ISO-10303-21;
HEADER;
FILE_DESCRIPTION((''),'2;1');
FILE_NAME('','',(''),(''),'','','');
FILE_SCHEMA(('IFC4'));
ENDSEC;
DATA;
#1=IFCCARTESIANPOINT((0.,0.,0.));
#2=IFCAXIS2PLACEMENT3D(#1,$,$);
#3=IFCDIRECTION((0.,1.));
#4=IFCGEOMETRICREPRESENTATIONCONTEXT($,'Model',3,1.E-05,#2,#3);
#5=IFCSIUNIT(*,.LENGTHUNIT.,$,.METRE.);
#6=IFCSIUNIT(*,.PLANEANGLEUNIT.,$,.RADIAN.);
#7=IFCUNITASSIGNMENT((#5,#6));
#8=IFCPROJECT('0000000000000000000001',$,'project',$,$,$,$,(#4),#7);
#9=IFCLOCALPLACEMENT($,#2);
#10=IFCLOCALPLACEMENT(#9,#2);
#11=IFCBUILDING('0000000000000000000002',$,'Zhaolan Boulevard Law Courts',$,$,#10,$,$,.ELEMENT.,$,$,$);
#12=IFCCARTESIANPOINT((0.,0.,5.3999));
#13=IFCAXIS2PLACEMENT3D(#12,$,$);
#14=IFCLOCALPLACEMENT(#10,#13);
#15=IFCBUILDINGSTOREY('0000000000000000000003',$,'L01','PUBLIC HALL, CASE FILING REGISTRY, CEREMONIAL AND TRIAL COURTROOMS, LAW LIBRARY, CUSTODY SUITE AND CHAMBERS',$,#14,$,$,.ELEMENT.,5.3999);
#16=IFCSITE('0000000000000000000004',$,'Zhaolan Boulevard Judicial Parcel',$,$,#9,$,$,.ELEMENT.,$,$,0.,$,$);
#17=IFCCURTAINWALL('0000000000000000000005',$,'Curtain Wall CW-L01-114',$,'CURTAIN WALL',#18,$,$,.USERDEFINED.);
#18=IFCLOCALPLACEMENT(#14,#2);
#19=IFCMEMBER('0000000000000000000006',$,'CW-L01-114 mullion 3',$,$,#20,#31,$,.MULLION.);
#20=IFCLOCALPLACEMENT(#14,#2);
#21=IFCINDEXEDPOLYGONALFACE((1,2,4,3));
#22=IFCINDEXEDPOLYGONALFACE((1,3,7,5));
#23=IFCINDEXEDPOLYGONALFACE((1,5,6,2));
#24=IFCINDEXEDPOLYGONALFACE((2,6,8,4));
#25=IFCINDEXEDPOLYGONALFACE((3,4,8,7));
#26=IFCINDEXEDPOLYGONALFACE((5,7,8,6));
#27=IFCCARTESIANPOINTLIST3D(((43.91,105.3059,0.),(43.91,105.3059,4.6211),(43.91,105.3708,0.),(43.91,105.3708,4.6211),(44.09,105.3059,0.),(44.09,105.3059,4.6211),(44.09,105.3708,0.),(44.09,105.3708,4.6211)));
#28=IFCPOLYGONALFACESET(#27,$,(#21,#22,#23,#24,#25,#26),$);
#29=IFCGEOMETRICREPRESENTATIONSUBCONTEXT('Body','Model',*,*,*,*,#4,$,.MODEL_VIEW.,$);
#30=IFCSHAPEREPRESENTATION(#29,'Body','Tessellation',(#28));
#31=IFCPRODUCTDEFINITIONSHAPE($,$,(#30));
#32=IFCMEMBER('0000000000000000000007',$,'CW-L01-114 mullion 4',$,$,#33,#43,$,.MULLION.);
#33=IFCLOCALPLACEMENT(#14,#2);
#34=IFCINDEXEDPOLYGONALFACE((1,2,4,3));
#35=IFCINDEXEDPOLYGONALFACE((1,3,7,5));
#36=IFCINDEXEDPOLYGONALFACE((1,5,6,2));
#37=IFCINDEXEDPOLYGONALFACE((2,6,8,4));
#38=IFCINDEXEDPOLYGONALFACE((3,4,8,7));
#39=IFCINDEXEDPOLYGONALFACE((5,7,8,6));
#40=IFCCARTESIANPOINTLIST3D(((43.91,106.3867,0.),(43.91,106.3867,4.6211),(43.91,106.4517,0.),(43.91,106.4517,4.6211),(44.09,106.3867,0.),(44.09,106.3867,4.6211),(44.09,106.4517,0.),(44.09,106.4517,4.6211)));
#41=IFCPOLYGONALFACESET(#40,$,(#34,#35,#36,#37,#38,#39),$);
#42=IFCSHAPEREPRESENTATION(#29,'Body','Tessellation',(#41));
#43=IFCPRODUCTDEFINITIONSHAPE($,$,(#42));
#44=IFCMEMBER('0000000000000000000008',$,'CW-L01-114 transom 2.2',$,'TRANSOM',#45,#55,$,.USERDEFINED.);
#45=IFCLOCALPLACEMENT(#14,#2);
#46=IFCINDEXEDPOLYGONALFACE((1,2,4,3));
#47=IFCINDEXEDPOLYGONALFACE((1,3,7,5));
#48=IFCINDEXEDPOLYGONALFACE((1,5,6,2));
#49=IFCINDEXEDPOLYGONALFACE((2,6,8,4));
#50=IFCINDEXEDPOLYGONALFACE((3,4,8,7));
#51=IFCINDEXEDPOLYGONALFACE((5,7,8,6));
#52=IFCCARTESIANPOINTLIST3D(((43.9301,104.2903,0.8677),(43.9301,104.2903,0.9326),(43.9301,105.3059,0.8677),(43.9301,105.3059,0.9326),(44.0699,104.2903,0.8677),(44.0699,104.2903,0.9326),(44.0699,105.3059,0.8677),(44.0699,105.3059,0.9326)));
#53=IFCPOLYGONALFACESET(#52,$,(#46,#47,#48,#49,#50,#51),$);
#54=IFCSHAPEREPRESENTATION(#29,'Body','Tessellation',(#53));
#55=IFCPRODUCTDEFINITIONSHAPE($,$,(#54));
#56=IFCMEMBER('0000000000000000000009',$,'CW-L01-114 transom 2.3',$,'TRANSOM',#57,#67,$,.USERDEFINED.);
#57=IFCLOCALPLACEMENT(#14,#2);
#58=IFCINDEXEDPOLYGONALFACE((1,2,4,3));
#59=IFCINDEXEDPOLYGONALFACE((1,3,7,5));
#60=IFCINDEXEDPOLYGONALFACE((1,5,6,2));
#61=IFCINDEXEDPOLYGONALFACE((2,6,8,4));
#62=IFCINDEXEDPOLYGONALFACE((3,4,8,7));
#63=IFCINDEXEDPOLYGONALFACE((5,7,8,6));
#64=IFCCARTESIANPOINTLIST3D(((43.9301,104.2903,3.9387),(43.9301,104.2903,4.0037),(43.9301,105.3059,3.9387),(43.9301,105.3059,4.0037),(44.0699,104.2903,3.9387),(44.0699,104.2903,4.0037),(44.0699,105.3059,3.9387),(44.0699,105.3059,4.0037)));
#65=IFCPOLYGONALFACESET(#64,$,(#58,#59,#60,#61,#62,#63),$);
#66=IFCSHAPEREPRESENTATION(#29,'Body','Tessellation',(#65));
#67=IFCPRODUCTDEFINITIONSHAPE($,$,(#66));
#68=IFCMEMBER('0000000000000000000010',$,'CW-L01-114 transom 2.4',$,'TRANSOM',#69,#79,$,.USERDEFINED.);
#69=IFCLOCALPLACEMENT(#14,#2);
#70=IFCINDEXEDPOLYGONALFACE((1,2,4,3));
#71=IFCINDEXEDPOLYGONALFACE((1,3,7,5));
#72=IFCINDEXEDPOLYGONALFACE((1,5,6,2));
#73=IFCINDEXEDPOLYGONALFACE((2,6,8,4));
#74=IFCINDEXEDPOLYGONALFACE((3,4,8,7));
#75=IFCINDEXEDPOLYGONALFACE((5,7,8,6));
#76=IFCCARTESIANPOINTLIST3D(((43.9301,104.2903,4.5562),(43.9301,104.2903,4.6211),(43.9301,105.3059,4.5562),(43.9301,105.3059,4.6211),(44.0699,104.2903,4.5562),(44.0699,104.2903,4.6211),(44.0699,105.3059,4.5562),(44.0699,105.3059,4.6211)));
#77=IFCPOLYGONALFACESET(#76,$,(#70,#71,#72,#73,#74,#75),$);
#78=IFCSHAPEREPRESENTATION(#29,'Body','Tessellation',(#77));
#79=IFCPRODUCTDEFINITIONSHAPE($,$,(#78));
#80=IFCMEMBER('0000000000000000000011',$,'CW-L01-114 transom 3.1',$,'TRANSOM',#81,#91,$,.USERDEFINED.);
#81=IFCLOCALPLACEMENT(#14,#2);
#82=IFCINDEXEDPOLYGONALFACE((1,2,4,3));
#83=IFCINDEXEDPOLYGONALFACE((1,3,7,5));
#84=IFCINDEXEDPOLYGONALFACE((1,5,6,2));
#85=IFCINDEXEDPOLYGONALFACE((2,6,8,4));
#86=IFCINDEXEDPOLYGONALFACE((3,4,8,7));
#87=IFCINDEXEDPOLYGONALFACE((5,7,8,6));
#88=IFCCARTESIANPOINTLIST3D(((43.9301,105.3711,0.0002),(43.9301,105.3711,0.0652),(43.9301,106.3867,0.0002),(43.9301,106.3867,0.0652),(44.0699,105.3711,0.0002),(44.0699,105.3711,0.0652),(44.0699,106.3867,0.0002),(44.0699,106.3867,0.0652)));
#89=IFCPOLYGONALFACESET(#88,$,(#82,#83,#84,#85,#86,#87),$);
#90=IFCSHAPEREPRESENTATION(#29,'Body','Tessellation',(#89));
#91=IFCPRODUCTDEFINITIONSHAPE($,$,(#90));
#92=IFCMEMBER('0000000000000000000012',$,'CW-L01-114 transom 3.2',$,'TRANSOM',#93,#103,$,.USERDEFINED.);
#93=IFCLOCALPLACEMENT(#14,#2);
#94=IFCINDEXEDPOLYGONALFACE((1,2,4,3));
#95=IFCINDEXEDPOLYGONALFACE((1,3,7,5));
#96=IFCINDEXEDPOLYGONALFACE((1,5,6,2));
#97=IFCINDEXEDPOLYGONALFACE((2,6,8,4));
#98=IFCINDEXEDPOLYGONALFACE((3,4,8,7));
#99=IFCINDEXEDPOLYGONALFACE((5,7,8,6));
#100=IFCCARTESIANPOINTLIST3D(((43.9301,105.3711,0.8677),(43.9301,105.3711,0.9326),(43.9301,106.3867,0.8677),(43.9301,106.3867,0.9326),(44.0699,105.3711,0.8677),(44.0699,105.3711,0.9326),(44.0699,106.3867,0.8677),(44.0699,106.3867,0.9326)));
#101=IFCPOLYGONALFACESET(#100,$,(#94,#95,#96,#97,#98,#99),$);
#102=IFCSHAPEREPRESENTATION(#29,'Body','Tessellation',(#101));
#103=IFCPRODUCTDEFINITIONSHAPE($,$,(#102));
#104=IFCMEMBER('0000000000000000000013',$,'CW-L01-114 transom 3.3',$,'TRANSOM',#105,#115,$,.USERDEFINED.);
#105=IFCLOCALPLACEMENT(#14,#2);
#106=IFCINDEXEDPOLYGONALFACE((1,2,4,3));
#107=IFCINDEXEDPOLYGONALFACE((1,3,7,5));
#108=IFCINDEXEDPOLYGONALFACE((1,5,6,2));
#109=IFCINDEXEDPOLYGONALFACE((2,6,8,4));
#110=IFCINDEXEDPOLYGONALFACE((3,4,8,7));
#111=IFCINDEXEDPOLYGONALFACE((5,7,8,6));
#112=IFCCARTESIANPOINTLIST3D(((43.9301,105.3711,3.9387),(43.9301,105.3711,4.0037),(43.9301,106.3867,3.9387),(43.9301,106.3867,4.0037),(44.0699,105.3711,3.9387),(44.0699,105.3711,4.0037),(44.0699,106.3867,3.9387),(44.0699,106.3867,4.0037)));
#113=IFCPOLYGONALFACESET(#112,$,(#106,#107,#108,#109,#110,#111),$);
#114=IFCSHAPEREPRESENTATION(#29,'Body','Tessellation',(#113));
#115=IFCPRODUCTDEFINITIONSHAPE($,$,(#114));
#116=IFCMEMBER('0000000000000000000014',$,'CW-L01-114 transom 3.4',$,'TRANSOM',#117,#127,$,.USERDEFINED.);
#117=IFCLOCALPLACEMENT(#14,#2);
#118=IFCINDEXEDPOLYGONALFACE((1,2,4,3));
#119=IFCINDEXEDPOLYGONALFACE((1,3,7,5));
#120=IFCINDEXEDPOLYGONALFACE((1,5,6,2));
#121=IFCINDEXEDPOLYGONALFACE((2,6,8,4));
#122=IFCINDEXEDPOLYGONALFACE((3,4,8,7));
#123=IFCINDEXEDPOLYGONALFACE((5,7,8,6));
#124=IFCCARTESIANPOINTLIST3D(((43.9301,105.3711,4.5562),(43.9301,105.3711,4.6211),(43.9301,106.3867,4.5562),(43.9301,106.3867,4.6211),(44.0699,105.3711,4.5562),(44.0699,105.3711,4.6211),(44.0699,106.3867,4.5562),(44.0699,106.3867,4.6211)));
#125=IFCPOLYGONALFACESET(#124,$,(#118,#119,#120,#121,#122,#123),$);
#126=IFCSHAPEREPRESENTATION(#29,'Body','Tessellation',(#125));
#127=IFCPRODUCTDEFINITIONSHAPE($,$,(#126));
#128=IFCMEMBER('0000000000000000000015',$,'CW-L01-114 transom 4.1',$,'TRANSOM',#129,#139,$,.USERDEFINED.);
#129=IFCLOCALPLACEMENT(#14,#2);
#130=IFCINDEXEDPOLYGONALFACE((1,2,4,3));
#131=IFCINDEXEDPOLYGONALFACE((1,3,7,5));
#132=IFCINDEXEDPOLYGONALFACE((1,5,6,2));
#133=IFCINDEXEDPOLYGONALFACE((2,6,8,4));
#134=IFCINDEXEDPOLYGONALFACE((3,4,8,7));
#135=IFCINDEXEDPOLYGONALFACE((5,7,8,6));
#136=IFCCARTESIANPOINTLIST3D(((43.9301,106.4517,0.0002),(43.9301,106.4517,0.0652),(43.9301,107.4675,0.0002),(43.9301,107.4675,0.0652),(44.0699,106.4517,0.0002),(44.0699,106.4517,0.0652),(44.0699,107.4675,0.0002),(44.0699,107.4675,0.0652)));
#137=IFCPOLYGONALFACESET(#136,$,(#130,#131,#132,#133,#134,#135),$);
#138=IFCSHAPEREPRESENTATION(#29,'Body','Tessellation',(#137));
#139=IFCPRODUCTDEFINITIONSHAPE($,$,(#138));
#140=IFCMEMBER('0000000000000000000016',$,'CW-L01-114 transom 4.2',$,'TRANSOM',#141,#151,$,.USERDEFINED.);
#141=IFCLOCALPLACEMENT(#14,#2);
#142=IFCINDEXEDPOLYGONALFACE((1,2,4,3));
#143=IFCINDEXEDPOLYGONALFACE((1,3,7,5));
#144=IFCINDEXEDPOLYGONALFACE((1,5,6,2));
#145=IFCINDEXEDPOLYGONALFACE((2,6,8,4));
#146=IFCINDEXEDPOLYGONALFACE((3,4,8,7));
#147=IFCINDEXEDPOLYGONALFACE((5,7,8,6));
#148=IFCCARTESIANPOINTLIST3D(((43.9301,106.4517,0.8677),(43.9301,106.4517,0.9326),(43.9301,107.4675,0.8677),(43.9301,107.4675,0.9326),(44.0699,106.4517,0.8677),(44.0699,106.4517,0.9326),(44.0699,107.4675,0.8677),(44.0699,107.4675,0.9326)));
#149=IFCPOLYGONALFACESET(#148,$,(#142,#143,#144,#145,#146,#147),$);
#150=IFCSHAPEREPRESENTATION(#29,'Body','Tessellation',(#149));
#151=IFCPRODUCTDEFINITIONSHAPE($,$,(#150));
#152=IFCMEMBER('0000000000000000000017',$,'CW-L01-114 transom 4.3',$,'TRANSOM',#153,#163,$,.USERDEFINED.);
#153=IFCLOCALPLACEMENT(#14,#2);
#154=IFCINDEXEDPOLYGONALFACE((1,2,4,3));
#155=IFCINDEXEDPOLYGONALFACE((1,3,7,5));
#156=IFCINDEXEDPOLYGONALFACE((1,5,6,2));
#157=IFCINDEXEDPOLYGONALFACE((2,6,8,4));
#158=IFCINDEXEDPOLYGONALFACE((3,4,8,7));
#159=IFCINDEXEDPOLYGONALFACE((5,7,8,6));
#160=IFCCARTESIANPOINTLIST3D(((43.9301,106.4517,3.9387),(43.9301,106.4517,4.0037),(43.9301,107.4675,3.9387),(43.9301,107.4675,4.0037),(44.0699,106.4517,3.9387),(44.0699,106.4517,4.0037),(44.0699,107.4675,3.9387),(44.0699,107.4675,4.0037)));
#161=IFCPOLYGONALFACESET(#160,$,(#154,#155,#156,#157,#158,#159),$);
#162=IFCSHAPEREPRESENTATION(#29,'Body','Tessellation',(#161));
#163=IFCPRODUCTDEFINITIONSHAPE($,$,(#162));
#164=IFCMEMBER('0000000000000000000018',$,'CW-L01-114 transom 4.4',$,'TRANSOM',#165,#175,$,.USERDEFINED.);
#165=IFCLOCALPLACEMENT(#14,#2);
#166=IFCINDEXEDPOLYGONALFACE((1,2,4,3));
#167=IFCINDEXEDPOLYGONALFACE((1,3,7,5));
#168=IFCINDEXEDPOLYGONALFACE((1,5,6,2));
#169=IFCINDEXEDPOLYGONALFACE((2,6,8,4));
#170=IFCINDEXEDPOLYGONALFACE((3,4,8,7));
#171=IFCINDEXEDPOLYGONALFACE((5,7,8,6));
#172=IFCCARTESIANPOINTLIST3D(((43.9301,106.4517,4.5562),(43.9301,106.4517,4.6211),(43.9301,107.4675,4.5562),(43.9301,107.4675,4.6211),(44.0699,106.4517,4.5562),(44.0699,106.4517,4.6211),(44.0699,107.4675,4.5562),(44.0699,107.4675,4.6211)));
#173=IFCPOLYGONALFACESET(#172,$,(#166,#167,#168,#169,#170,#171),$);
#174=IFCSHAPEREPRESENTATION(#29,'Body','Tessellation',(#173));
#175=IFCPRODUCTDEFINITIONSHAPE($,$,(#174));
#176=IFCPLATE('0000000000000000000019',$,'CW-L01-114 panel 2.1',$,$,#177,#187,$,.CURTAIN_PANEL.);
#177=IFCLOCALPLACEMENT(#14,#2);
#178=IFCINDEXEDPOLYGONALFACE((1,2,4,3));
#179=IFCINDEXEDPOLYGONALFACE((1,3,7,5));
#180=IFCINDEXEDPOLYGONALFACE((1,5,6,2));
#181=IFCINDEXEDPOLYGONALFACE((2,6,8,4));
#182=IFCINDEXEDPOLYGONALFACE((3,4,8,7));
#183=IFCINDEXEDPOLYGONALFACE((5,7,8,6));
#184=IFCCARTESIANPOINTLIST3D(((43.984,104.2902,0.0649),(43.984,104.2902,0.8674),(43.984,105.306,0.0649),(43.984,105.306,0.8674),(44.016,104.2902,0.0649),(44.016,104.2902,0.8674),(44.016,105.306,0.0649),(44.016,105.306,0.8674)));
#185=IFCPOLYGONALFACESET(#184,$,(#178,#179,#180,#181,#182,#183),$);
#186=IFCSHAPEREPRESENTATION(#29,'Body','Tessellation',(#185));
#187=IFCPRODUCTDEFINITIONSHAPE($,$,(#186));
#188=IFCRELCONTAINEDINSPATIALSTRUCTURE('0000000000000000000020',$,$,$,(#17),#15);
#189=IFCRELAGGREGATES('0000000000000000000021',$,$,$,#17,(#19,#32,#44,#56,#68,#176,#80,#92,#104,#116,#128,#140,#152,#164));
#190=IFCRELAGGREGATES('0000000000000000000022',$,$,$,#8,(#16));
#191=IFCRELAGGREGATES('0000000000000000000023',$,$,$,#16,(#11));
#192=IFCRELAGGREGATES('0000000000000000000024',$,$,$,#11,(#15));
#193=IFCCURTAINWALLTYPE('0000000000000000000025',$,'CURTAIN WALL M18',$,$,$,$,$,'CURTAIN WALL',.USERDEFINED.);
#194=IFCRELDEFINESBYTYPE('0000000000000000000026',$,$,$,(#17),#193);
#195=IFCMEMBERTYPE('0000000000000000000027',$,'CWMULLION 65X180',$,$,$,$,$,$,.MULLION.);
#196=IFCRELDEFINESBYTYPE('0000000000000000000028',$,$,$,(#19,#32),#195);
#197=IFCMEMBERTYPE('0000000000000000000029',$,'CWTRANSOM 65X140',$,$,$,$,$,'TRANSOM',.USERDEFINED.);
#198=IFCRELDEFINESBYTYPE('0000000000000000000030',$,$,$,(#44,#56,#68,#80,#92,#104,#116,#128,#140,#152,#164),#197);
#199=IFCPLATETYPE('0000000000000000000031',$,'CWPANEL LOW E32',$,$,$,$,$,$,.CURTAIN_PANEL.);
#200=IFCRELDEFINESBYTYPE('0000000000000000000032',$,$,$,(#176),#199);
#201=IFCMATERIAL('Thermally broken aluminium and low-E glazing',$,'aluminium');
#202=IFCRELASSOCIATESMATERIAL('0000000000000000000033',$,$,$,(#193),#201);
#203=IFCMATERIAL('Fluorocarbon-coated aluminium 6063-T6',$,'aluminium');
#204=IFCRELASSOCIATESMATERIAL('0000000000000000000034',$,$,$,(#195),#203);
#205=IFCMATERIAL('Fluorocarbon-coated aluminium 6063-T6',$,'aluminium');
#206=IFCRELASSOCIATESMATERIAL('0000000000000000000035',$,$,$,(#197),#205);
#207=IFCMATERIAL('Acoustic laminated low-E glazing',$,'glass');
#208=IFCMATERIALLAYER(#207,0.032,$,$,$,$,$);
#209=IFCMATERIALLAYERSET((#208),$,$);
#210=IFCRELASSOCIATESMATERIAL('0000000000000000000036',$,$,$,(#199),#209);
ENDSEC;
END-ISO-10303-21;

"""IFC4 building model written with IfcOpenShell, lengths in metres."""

from ifc_helpers import new_model, si_unit, direction, frame, origin, origin_2d, place, context, subcontext, project, spatial, rectangle, extrude, material, layer, layer_set, material_profile, profile_set, type_object, element, aggregate, save


model = new_model("IFC4")

# Units and contexts
model_context = context("Model", 3, precision=1e-05, world=origin(), true_north=direction((0.0, 1.0)))
body_context = subcontext(model_context, "Body", "Model", "MODEL_VIEW")
ifc_project = project(units=[si_unit("LENGTHUNIT", "METRE"), si_unit("PLANEANGLEUNIT", "RADIAN")], contexts=[model_context])

# Site, building, storey
site_placement = place(None, origin())
site = spatial("IfcSite", under=ifc_project, at=site_placement, Name="Zhaolan Boulevard Judicial Parcel", CompositionType="ELEMENT", RefElevation=0.0)
building_placement = place(site_placement, origin())
building = spatial("IfcBuilding", under=site, at=building_placement, Name="Zhaolan Boulevard Law Courts", CompositionType="ELEMENT")
storey_placement = place(building_placement, frame((0.0, 0.0, 5.3999)))
storey = spatial("IfcBuildingStorey", under=building, at=storey_placement, Name="L01", Description="PUBLIC HALL, CASE FILING REGISTRY, CEREMONIAL AND TRIAL COURTROOMS, LAW LIBRARY, CUSTODY SUITE AND CHAMBERS", CompositionType="ELEMENT", Elevation=5.3999)

# Curtain wall, members, plate
ifc_material_1 = material(Name="Thermally broken aluminium and low-E glazing", Category="aluminium")
curtain_wall_type = type_object("IfcCurtainWallType", Name="CURTAIN WALL M18", ElementType="CURTAIN WALL", PredefinedType="USERDEFINED", material=ifc_material_1)
curtain_wall_placement = place(storey_placement, origin())
curtain_wall = element("IfcCurtainWall", 1, at=curtain_wall_placement, inside=storey, type_object=curtain_wall_type, Name="Curtain Wall CW-L01-114", ObjectType="CURTAIN WALL", PredefinedType="USERDEFINED")
ifc_material_2 = material(Name="Fluorocarbon-coated aluminium 6063-T6", Category="aluminium")
ifc_material_profile_1 = material_profile(ifc_material_2, rectangle(XDim=0.1799, YDim=0.0649, at=origin_2d()), Name="AL65x180")
ifc_profile_set_1 = profile_set([ifc_material_profile_1], Name="Fluorocarbon-coated aluminium 6063-T6")
member_type_1 = type_object("IfcMemberType", Name="CWMULLION 65X180", PredefinedType="MULLION", material=ifc_profile_set_1)
member_1_placement = place(storey_placement, frame((44.0, 105.3384, 0.0), z_axis=(0.0, 0.0, 1.0), x_axis=(-1.0, 0.0, 0.0)))
member_1 = element("IfcMember", 2, at=member_1_placement, type_object=member_type_1, Name="CW-L01-114 mullion 3", PredefinedType="MULLION", context=body_context, shape_type="SweptSolid", body=[
    extrude(rectangle(XDim=0.1799, YDim=0.0649, at=origin_2d()), origin(), (0.0, 0.0, 1.0), 4.6211),
])
member_2_placement = place(storey_placement, frame((44.0, 106.4192, 0.0), z_axis=(0.0, 0.0, 1.0), x_axis=(-1.0, 0.0, 0.0)))
member_2 = element("IfcMember", 3, at=member_2_placement, type_object=member_type_1, Name="CW-L01-114 mullion 4", PredefinedType="MULLION", context=body_context, shape_type="SweptSolid", body=[
    extrude(rectangle(XDim=0.1799, YDim=0.0649, at=origin_2d()), origin(), (0.0, 0.0, 1.0), 4.6211),
])
ifc_material_3 = material(Name="Fluorocarbon-coated aluminium 6063-T6", Category="aluminium")
ifc_material_profile_2 = material_profile(ifc_material_3, rectangle(XDim=0.1399, YDim=0.0649, at=origin_2d()), Name="AL65x140")
ifc_profile_set_2 = profile_set([ifc_material_profile_2], Name="Fluorocarbon-coated aluminium 6063-T6")
member_type_2 = type_object("IfcMemberType", Name="CWTRANSOM 65X140", ElementType="TRANSOM", PredefinedType="USERDEFINED", material=ifc_profile_set_2)
member_3_placement = place(storey_placement, frame((44.0, 104.2903, 0.9001), z_axis=(0.0, 1.0, 0.0), x_axis=(-1.0, 0.0, 0.0)))
member_3 = element("IfcMember", 4, at=member_3_placement, type_object=member_type_2, Name="CW-L01-114 transom 2.2", ObjectType="TRANSOM", PredefinedType="USERDEFINED", context=body_context, shape_type="SweptSolid", body=[
    extrude(rectangle(XDim=0.1399, YDim=0.0649, at=origin_2d()), origin(), (0.0, 0.0, 1.0), 1.0156),
])
member_4_placement = place(storey_placement, frame((44.0, 104.2903, 3.9712), z_axis=(0.0, 1.0, 0.0), x_axis=(-1.0, 0.0, 0.0)))
member_4 = element("IfcMember", 5, at=member_4_placement, type_object=member_type_2, Name="CW-L01-114 transom 2.3", ObjectType="TRANSOM", PredefinedType="USERDEFINED", context=body_context, shape_type="SweptSolid", body=[
    extrude(rectangle(XDim=0.1399, YDim=0.0649, at=origin_2d()), origin(), (0.0, 0.0, 1.0), 1.0156),
])
member_5_placement = place(storey_placement, frame((44.0, 104.2903, 4.5886), z_axis=(0.0, 1.0, 0.0), x_axis=(-1.0, 0.0, 0.0)))
member_5 = element("IfcMember", 6, at=member_5_placement, type_object=member_type_2, Name="CW-L01-114 transom 2.4", ObjectType="TRANSOM", PredefinedType="USERDEFINED", context=body_context, shape_type="SweptSolid", body=[
    extrude(rectangle(XDim=0.1399, YDim=0.0649, at=origin_2d()), origin(), (0.0, 0.0, 1.0), 1.0156),
])
member_6_placement = place(storey_placement, frame((44.0, 105.3711, 0.0327), z_axis=(0.0, 1.0, 0.0), x_axis=(-1.0, 0.0, 0.0)))
member_6 = element("IfcMember", 7, at=member_6_placement, type_object=member_type_2, Name="CW-L01-114 transom 3.1", ObjectType="TRANSOM", PredefinedType="USERDEFINED", context=body_context, shape_type="SweptSolid", body=[
    extrude(rectangle(XDim=0.1399, YDim=0.0649, at=origin_2d()), origin(), (0.0, 0.0, 1.0), 1.0156),
])
member_7_placement = place(storey_placement, frame((44.0, 105.3711, 0.9001), z_axis=(0.0, 1.0, 0.0), x_axis=(-1.0, 0.0, 0.0)))
member_7 = element("IfcMember", 8, at=member_7_placement, type_object=member_type_2, Name="CW-L01-114 transom 3.2", ObjectType="TRANSOM", PredefinedType="USERDEFINED", context=body_context, shape_type="SweptSolid", body=[
    extrude(rectangle(XDim=0.1399, YDim=0.0649, at=origin_2d()), origin(), (0.0, 0.0, 1.0), 1.0156),
])
member_8_placement = place(storey_placement, frame((44.0, 105.3711, 3.9712), z_axis=(0.0, 1.0, 0.0), x_axis=(-1.0, 0.0, 0.0)))
member_8 = element("IfcMember", 9, at=member_8_placement, type_object=member_type_2, Name="CW-L01-114 transom 3.3", ObjectType="TRANSOM", PredefinedType="USERDEFINED", context=body_context, shape_type="SweptSolid", body=[
    extrude(rectangle(XDim=0.1399, YDim=0.0649, at=origin_2d()), origin(), (0.0, 0.0, 1.0), 1.0156),
])
member_9_placement = place(storey_placement, frame((44.0, 105.3711, 4.5886), z_axis=(0.0, 1.0, 0.0), x_axis=(-1.0, 0.0, 0.0)))
member_9 = element("IfcMember", 10, at=member_9_placement, type_object=member_type_2, Name="CW-L01-114 transom 3.4", ObjectType="TRANSOM", PredefinedType="USERDEFINED", context=body_context, shape_type="SweptSolid", body=[
    extrude(rectangle(XDim=0.1399, YDim=0.0649, at=origin_2d()), origin(), (0.0, 0.0, 1.0), 1.0156),
])
member_10_placement = place(storey_placement, frame((44.0, 106.4517, 0.0327), z_axis=(0.0, 1.0, 0.0), x_axis=(-1.0, 0.0, 0.0)))
member_10 = element("IfcMember", 11, at=member_10_placement, type_object=member_type_2, Name="CW-L01-114 transom 4.1", ObjectType="TRANSOM", PredefinedType="USERDEFINED", context=body_context, shape_type="SweptSolid", body=[
    extrude(rectangle(XDim=0.1399, YDim=0.0649, at=origin_2d()), origin(), (0.0, 0.0, 1.0), 1.0159),
])
member_11_placement = place(storey_placement, frame((44.0, 106.4517, 0.9001), z_axis=(0.0, 1.0, 0.0), x_axis=(-1.0, 0.0, 0.0)))
member_11 = element("IfcMember", 12, at=member_11_placement, type_object=member_type_2, Name="CW-L01-114 transom 4.2", ObjectType="TRANSOM", PredefinedType="USERDEFINED", context=body_context, shape_type="SweptSolid", body=[
    extrude(rectangle(XDim=0.1399, YDim=0.0649, at=origin_2d()), origin(), (0.0, 0.0, 1.0), 1.0159),
])
member_12_placement = place(storey_placement, frame((44.0, 106.4517, 3.9712), z_axis=(0.0, 1.0, 0.0), x_axis=(-1.0, 0.0, 0.0)))
member_12 = element("IfcMember", 13, at=member_12_placement, type_object=member_type_2, Name="CW-L01-114 transom 4.3", ObjectType="TRANSOM", PredefinedType="USERDEFINED", context=body_context, shape_type="SweptSolid", body=[
    extrude(rectangle(XDim=0.1399, YDim=0.0649, at=origin_2d()), origin(), (0.0, 0.0, 1.0), 1.0159),
])
member_13_placement = place(storey_placement, frame((44.0, 106.4517, 4.5886), z_axis=(0.0, 1.0, 0.0), x_axis=(-1.0, 0.0, 0.0)))
member_13 = element("IfcMember", 14, at=member_13_placement, type_object=member_type_2, Name="CW-L01-114 transom 4.4", ObjectType="TRANSOM", PredefinedType="USERDEFINED", context=body_context, shape_type="SweptSolid", body=[
    extrude(rectangle(XDim=0.1399, YDim=0.0649, at=origin_2d()), origin(), (0.0, 0.0, 1.0), 1.0159),
])
ifc_material_4 = material(Name="Acoustic laminated low-E glazing", Category="glass")
ifc_layer = layer(ifc_material_4, 0.032)
ifc_layer_set = layer_set([ifc_layer])
plate_type = type_object("IfcPlateType", Name="CWPANEL LOW E32", PredefinedType="CURTAIN_PANEL", material=ifc_layer_set)
plate_1_placement = place(storey_placement, frame((44.0, 104.7981, 0.0649), z_axis=(0.0, 0.0, 1.0), x_axis=(0.0, 1.0, 0.0)))
plate_1 = element("IfcPlate", 15, at=plate_1_placement, type_object=plate_type, Name="CW-L01-114 panel 2.1", PredefinedType="CURTAIN_PANEL", context=body_context, shape_type="SweptSolid", body=[
    extrude(rectangle(XDim=1.0159, YDim=0.032, at=origin_2d()), origin(), (0.0, 0.0, 1.0), 0.8025),
])
aggregate(curtain_wall, [member_1, member_2, member_3, member_4, member_5, plate_1, member_6, member_7, member_8, member_9, member_10, member_11, member_12, member_13])

save(model, "model.ifc")
